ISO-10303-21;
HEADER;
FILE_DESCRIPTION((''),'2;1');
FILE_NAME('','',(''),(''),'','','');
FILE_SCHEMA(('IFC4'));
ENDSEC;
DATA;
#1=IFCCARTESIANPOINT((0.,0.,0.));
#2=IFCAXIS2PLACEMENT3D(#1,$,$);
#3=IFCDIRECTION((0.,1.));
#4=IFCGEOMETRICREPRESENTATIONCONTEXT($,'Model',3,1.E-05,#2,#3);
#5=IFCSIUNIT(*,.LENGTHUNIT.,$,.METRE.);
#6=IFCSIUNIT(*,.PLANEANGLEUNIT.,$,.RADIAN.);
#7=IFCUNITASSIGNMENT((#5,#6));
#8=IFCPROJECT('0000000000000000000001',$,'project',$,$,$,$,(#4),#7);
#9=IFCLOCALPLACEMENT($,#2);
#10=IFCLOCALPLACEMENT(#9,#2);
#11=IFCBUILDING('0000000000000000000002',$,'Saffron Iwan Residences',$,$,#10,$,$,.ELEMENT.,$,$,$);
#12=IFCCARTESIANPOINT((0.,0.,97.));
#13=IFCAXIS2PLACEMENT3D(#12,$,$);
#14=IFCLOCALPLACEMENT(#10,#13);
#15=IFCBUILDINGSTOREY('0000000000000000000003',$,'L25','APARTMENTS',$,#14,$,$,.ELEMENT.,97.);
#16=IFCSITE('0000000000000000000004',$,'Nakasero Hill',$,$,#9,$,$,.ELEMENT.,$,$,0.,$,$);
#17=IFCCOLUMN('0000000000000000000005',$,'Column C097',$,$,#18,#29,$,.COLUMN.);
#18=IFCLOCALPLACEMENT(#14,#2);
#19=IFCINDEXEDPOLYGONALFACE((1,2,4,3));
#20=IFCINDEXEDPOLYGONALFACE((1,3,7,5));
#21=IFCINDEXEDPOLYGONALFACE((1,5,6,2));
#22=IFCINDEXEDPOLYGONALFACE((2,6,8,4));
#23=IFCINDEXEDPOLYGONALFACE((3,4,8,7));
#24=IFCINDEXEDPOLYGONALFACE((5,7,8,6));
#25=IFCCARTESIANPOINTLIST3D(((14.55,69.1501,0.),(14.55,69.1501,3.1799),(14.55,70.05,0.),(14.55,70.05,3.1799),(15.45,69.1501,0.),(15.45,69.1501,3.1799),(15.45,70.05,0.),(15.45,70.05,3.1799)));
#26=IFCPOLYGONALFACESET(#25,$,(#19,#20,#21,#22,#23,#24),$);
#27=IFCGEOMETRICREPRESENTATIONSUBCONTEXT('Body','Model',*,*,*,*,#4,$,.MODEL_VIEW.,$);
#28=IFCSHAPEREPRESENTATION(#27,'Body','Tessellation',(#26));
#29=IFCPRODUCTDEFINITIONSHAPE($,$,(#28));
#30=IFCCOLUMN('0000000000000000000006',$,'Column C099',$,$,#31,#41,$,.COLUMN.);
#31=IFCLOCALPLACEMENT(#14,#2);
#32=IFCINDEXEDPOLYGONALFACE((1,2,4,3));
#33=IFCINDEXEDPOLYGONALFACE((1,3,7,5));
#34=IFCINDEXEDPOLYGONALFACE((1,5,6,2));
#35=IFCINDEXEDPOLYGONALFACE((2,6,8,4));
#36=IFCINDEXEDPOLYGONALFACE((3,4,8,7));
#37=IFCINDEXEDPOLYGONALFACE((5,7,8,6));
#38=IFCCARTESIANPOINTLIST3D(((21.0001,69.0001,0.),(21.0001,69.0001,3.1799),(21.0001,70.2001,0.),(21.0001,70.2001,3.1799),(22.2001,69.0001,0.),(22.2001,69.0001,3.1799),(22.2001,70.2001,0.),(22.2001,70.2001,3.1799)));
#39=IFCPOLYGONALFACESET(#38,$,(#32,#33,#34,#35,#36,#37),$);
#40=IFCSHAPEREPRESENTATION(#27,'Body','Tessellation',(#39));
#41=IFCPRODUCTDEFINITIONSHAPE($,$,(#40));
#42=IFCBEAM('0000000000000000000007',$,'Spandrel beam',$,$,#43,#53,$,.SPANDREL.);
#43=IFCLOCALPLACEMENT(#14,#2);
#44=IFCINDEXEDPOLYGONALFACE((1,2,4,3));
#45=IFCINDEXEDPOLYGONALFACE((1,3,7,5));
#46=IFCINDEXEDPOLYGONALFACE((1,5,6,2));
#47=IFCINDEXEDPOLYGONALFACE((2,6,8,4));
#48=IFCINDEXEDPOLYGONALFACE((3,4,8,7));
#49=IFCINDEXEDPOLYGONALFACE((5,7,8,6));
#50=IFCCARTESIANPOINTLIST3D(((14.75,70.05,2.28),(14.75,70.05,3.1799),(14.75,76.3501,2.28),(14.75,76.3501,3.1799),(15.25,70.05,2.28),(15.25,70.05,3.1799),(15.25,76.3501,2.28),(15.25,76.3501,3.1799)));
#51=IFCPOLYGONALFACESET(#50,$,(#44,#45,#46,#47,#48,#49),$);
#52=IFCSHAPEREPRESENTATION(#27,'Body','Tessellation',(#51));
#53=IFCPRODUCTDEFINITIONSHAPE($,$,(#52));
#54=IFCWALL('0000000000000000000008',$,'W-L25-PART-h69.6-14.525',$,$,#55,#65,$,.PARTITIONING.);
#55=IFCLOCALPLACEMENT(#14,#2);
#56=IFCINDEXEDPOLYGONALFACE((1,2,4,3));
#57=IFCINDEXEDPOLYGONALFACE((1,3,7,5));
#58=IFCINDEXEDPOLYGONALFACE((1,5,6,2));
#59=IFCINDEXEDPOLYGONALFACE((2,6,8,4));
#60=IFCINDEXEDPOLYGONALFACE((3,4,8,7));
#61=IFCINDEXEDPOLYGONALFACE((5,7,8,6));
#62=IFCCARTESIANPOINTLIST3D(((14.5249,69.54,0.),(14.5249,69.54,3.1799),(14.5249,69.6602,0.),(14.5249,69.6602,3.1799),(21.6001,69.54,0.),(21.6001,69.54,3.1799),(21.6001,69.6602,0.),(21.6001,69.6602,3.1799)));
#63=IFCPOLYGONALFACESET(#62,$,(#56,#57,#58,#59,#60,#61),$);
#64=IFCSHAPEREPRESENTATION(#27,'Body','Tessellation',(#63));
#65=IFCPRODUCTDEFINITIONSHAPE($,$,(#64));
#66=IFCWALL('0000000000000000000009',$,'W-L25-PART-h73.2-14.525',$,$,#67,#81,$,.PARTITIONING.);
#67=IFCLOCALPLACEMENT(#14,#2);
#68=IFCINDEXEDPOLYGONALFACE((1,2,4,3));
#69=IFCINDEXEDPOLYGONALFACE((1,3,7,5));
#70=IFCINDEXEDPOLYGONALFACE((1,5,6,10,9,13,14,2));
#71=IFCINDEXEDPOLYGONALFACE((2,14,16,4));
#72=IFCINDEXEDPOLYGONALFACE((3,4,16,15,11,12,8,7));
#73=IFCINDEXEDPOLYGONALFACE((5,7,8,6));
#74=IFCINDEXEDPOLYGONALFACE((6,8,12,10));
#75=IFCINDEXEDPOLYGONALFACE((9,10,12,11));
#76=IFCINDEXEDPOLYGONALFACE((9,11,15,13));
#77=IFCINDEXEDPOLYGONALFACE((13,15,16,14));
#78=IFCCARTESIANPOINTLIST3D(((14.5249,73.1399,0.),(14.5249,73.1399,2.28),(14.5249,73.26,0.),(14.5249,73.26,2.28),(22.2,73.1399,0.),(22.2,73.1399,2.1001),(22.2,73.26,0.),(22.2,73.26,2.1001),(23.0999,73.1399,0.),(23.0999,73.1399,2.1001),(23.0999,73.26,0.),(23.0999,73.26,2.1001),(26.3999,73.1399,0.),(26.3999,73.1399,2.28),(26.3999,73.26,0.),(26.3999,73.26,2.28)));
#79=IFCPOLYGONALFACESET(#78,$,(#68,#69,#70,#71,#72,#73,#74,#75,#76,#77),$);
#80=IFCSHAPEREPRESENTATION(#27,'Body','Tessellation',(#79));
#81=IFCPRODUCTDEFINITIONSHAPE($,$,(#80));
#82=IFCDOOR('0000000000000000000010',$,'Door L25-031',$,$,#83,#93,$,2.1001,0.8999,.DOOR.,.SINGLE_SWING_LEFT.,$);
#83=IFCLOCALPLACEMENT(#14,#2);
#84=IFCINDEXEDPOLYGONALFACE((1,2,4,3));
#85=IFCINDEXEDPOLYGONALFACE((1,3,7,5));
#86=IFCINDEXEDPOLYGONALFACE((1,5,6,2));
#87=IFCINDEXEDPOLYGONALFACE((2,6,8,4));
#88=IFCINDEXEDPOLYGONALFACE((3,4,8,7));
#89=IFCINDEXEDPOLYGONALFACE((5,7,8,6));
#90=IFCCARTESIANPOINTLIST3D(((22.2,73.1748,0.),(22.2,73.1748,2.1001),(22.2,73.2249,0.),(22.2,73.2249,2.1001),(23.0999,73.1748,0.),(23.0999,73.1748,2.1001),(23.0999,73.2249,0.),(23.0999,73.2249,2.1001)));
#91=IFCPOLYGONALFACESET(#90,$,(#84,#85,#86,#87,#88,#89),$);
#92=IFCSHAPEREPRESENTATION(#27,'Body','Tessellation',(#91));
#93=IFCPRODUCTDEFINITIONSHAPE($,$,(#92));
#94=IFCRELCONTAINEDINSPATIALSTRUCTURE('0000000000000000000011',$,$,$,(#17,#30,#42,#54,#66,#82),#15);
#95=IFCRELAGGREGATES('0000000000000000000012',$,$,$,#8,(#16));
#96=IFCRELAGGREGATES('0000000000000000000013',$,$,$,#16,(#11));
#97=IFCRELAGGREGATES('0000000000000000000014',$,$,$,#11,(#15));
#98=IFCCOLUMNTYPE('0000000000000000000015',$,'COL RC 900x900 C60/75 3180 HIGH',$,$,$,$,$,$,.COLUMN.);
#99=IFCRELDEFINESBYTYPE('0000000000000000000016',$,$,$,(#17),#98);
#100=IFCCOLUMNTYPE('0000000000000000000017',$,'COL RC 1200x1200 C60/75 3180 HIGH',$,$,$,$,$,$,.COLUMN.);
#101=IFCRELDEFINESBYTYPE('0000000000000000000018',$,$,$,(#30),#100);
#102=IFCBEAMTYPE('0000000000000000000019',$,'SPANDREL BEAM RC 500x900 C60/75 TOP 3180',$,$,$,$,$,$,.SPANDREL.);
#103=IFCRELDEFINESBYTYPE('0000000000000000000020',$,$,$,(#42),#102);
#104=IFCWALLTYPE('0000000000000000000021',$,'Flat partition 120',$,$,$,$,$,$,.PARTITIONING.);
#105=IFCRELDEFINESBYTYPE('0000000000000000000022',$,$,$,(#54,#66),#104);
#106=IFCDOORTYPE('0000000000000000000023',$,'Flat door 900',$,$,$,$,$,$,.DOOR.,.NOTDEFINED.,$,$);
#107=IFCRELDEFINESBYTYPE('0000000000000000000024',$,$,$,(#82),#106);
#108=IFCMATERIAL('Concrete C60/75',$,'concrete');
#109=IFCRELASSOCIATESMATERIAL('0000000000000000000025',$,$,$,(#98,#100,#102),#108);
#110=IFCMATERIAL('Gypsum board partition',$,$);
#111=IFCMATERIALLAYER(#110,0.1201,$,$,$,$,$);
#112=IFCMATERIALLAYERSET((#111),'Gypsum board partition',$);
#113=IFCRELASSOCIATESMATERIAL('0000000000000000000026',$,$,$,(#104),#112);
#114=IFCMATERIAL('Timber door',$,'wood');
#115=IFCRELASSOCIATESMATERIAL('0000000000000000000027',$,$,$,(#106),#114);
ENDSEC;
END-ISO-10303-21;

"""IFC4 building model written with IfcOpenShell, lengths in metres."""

from ifc_helpers import new_model, si_unit, direction, frame, frame_2d, origin, origin_2d, place, context, subcontext, project, spatial, rectangle, extrude, source, transform, mapped, material, layer, layer_set, material_profile, profile_set, type_object, element, fill, save


model = new_model("IFC4")

# Units and contexts
model_context = context("Model", 3, precision=1e-05, world=origin(), true_north=direction((0.0, 1.0)))
body_context = subcontext(model_context, "Body", "Model", "MODEL_VIEW")
ifc_project = project(units=[si_unit("LENGTHUNIT", "METRE"), si_unit("PLANEANGLEUNIT", "RADIAN")], contexts=[model_context])

# Site, building, storey
site_placement = place(None, origin())
site = spatial("IfcSite", under=ifc_project, at=site_placement, Name="Nakasero Hill", CompositionType="ELEMENT", RefElevation=0.0)
building_placement = place(site_placement, origin())
building = spatial("IfcBuilding", under=site, at=building_placement, Name="Saffron Iwan Residences", CompositionType="ELEMENT")
storey_placement = place(building_placement, frame((0.0, 0.0, 97.0)))
storey = spatial("IfcBuildingStorey", under=building, at=storey_placement, Name="L25", Description="APARTMENTS", CompositionType="ELEMENT", Elevation=97.0)

# Columns
ifc_material_1 = material(Name="Concrete C60/75", Category="concrete")
ifc_material_profile_1 = material_profile(ifc_material_1, rectangle(XDim=0.8999, YDim=0.8999, at=origin_2d()), Name="RC 900x900")
ifc_profile_set_1 = profile_set([ifc_material_profile_1], Name="Concrete C60/75")
column_type_1 = type_object("IfcColumnType", Name="COL RC 900x900 C60/75 3180 HIGH", PredefinedType="COLUMN", material=ifc_profile_set_1)
shared_shape_1 = source(origin(), body_context, "Body", "SweptSolid", [
    extrude(rectangle(XDim=0.8999, YDim=0.8999, at=origin_2d()), origin(), (0.0, 0.0, 1.0), 3.1799),
])
column_1_placement = place(storey_placement, frame((15.0, 69.6001, 0.0), z_axis=(0.0, 0.0, 1.0), x_axis=(1.0, 0.0, 0.0)))
element("IfcColumn", 1, at=column_1_placement, inside=storey, type_object=column_type_1, Name="Column C097", PredefinedType="COLUMN", context=body_context, shape_type="MappedRepresentation", body=[
    mapped(shared_shape_1, transform((0.0, 0.0, 0.0))),
])
ifc_material_profile_2 = material_profile(ifc_material_1, rectangle(XDim=1.2, YDim=1.2, at=origin_2d()), Name="RC 1200x1200")
ifc_profile_set_2 = profile_set([ifc_material_profile_2], Name="Concrete C60/75")
column_type_2 = type_object("IfcColumnType", Name="COL RC 1200x1200 C60/75 3180 HIGH", PredefinedType="COLUMN", material=ifc_profile_set_2)
shared_shape_2 = source(origin(), body_context, "Body", "SweptSolid", [
    extrude(rectangle(XDim=1.2, YDim=1.2, at=origin_2d()), origin(), (0.0, 0.0, 1.0), 3.1799),
])
column_2_placement = place(storey_placement, frame((21.6001, 69.6001, 0.0), z_axis=(0.0, 0.0, 1.0), x_axis=(1.0, 0.0, 0.0)))
element("IfcColumn", 2, at=column_2_placement, inside=storey, type_object=column_type_2, Name="Column C099", PredefinedType="COLUMN", context=body_context, shape_type="MappedRepresentation", body=[
    mapped(shared_shape_2, transform((0.0, 0.0, 0.0))),
])

# Beam
ifc_material_profile_3 = material_profile(ifc_material_1, rectangle(XDim=0.5, YDim=0.8999, at=origin_2d()), Name="RC 500x900")
ifc_profile_set_3 = profile_set([ifc_material_profile_3], Name="Concrete C60/75")
beam_type = type_object("IfcBeamType", Name="SPANDREL BEAM RC 500x900 C60/75 TOP 3180", PredefinedType="SPANDREL", material=ifc_profile_set_3)
shared_shape_3 = source(origin(), body_context, "Body", "SweptSolid", [
    extrude(rectangle(XDim=0.5, YDim=0.8999, at=origin_2d()), origin(), (0.0, 0.0, 1.0), 6.3),
])
beam_placement = place(storey_placement, frame((15.0, 70.05, 2.73), z_axis=(0.0, 1.0, 0.0), x_axis=(-1.0, 0.0, 0.0)))
element("IfcBeam", 3, at=beam_placement, inside=storey, type_object=beam_type, Name="Spandrel beam", PredefinedType="SPANDREL", context=body_context, shape_type="MappedRepresentation", body=[
    mapped(shared_shape_3, transform((0.0, 0.0, 0.0))),
])

# Wall
ifc_material_2 = material(Name="Gypsum board partition")
ifc_layer_1 = layer(ifc_material_2, 0.1201)
ifc_layer_set_1 = layer_set([ifc_layer_1], Name="Gypsum board partition")
wall_type_1 = type_object("IfcWallType", Name="Flat partition 120", PredefinedType="PARTITIONING", material=ifc_layer_set_1)
wall_1_placement = place(storey_placement, frame((14.5249, 69.6001, 0.0), z_axis=(0.0, 0.0, 1.0), x_axis=(1.0, 0.0, 0.0)))
element("IfcWall", 4, at=wall_1_placement, inside=storey, type_object=wall_type_1, Name="W-L25-PART-h69.6-14.525", PredefinedType="PARTITIONING", context=body_context, shape_type="SweptSolid", body=[
    extrude(rectangle(XDim=7.0752, YDim=0.1201, at=frame_2d((3.5376, 0.0))), origin(), (0.0, 0.0, 1.0), 3.1799),
])

# Wall, opening, door
wall_2_placement = place(storey_placement, frame((14.5249, 73.2, 0.0), z_axis=(0.0, 0.0, 1.0), x_axis=(1.0, 0.0, 0.0)))
wall_2 = element("IfcWall", 5, at=wall_2_placement, inside=storey, type_object=wall_type_1, Name="W-L25-PART-h73.2-14.525", PredefinedType="PARTITIONING", context=body_context, shape_type="SweptSolid", body=[
    extrude(rectangle(XDim=11.875, YDim=0.1201, at=frame_2d((5.9375, 0.0))), origin(), (0.0, 0.0, 1.0), 2.28),
])
opening_1_placement = place(wall_2_placement, frame((7.675, 0.0, 0.0)))
opening_1 = element("IfcOpeningElement", 6, at=opening_1_placement, cuts=wall_2, PredefinedType="OPENING", context=body_context, shape_type="SweptSolid", body=[
    extrude(rectangle(XDim=0.8999, YDim=2.1001, at=frame_2d((0.45, 1.05))), frame((0.0, 0.0701, 0.0), z_axis=(0.0, -1.0, 0.0), x_axis=(1.0, 0.0, 0.0)), (0.0, 0.0, 1.0), 0.1401),
])
ifc_material_3 = material(Name="Timber door", Category="wood")
door_type_1 = type_object("IfcDoorType", Name="Flat door 900", OperationType="NOTDEFINED", PredefinedType="DOOR", material=ifc_material_3)
door_1_placement = place(opening_1_placement, origin())
door_1 = element("IfcDoor", 7, at=door_1_placement, inside=storey, type_object=door_type_1, Name="Door L25-031", OperationType="SINGLE_SWING_LEFT", OverallHeight=2.1001, OverallWidth=0.8999, PredefinedType="DOOR", context=body_context, shape_type="SweptSolid", body=[
    extrude(rectangle(XDim=0.8999, YDim=2.1001, at=frame_2d((0.45, 1.05))), frame((0.0, 0.0249, 0.0), z_axis=(0.0, -1.0, 0.0), x_axis=(1.0, 0.0, 0.0)), (0.0, 0.0, 1.0), 0.05),
])
fill(opening_1, door_1)

save(model, "model.ifc")
